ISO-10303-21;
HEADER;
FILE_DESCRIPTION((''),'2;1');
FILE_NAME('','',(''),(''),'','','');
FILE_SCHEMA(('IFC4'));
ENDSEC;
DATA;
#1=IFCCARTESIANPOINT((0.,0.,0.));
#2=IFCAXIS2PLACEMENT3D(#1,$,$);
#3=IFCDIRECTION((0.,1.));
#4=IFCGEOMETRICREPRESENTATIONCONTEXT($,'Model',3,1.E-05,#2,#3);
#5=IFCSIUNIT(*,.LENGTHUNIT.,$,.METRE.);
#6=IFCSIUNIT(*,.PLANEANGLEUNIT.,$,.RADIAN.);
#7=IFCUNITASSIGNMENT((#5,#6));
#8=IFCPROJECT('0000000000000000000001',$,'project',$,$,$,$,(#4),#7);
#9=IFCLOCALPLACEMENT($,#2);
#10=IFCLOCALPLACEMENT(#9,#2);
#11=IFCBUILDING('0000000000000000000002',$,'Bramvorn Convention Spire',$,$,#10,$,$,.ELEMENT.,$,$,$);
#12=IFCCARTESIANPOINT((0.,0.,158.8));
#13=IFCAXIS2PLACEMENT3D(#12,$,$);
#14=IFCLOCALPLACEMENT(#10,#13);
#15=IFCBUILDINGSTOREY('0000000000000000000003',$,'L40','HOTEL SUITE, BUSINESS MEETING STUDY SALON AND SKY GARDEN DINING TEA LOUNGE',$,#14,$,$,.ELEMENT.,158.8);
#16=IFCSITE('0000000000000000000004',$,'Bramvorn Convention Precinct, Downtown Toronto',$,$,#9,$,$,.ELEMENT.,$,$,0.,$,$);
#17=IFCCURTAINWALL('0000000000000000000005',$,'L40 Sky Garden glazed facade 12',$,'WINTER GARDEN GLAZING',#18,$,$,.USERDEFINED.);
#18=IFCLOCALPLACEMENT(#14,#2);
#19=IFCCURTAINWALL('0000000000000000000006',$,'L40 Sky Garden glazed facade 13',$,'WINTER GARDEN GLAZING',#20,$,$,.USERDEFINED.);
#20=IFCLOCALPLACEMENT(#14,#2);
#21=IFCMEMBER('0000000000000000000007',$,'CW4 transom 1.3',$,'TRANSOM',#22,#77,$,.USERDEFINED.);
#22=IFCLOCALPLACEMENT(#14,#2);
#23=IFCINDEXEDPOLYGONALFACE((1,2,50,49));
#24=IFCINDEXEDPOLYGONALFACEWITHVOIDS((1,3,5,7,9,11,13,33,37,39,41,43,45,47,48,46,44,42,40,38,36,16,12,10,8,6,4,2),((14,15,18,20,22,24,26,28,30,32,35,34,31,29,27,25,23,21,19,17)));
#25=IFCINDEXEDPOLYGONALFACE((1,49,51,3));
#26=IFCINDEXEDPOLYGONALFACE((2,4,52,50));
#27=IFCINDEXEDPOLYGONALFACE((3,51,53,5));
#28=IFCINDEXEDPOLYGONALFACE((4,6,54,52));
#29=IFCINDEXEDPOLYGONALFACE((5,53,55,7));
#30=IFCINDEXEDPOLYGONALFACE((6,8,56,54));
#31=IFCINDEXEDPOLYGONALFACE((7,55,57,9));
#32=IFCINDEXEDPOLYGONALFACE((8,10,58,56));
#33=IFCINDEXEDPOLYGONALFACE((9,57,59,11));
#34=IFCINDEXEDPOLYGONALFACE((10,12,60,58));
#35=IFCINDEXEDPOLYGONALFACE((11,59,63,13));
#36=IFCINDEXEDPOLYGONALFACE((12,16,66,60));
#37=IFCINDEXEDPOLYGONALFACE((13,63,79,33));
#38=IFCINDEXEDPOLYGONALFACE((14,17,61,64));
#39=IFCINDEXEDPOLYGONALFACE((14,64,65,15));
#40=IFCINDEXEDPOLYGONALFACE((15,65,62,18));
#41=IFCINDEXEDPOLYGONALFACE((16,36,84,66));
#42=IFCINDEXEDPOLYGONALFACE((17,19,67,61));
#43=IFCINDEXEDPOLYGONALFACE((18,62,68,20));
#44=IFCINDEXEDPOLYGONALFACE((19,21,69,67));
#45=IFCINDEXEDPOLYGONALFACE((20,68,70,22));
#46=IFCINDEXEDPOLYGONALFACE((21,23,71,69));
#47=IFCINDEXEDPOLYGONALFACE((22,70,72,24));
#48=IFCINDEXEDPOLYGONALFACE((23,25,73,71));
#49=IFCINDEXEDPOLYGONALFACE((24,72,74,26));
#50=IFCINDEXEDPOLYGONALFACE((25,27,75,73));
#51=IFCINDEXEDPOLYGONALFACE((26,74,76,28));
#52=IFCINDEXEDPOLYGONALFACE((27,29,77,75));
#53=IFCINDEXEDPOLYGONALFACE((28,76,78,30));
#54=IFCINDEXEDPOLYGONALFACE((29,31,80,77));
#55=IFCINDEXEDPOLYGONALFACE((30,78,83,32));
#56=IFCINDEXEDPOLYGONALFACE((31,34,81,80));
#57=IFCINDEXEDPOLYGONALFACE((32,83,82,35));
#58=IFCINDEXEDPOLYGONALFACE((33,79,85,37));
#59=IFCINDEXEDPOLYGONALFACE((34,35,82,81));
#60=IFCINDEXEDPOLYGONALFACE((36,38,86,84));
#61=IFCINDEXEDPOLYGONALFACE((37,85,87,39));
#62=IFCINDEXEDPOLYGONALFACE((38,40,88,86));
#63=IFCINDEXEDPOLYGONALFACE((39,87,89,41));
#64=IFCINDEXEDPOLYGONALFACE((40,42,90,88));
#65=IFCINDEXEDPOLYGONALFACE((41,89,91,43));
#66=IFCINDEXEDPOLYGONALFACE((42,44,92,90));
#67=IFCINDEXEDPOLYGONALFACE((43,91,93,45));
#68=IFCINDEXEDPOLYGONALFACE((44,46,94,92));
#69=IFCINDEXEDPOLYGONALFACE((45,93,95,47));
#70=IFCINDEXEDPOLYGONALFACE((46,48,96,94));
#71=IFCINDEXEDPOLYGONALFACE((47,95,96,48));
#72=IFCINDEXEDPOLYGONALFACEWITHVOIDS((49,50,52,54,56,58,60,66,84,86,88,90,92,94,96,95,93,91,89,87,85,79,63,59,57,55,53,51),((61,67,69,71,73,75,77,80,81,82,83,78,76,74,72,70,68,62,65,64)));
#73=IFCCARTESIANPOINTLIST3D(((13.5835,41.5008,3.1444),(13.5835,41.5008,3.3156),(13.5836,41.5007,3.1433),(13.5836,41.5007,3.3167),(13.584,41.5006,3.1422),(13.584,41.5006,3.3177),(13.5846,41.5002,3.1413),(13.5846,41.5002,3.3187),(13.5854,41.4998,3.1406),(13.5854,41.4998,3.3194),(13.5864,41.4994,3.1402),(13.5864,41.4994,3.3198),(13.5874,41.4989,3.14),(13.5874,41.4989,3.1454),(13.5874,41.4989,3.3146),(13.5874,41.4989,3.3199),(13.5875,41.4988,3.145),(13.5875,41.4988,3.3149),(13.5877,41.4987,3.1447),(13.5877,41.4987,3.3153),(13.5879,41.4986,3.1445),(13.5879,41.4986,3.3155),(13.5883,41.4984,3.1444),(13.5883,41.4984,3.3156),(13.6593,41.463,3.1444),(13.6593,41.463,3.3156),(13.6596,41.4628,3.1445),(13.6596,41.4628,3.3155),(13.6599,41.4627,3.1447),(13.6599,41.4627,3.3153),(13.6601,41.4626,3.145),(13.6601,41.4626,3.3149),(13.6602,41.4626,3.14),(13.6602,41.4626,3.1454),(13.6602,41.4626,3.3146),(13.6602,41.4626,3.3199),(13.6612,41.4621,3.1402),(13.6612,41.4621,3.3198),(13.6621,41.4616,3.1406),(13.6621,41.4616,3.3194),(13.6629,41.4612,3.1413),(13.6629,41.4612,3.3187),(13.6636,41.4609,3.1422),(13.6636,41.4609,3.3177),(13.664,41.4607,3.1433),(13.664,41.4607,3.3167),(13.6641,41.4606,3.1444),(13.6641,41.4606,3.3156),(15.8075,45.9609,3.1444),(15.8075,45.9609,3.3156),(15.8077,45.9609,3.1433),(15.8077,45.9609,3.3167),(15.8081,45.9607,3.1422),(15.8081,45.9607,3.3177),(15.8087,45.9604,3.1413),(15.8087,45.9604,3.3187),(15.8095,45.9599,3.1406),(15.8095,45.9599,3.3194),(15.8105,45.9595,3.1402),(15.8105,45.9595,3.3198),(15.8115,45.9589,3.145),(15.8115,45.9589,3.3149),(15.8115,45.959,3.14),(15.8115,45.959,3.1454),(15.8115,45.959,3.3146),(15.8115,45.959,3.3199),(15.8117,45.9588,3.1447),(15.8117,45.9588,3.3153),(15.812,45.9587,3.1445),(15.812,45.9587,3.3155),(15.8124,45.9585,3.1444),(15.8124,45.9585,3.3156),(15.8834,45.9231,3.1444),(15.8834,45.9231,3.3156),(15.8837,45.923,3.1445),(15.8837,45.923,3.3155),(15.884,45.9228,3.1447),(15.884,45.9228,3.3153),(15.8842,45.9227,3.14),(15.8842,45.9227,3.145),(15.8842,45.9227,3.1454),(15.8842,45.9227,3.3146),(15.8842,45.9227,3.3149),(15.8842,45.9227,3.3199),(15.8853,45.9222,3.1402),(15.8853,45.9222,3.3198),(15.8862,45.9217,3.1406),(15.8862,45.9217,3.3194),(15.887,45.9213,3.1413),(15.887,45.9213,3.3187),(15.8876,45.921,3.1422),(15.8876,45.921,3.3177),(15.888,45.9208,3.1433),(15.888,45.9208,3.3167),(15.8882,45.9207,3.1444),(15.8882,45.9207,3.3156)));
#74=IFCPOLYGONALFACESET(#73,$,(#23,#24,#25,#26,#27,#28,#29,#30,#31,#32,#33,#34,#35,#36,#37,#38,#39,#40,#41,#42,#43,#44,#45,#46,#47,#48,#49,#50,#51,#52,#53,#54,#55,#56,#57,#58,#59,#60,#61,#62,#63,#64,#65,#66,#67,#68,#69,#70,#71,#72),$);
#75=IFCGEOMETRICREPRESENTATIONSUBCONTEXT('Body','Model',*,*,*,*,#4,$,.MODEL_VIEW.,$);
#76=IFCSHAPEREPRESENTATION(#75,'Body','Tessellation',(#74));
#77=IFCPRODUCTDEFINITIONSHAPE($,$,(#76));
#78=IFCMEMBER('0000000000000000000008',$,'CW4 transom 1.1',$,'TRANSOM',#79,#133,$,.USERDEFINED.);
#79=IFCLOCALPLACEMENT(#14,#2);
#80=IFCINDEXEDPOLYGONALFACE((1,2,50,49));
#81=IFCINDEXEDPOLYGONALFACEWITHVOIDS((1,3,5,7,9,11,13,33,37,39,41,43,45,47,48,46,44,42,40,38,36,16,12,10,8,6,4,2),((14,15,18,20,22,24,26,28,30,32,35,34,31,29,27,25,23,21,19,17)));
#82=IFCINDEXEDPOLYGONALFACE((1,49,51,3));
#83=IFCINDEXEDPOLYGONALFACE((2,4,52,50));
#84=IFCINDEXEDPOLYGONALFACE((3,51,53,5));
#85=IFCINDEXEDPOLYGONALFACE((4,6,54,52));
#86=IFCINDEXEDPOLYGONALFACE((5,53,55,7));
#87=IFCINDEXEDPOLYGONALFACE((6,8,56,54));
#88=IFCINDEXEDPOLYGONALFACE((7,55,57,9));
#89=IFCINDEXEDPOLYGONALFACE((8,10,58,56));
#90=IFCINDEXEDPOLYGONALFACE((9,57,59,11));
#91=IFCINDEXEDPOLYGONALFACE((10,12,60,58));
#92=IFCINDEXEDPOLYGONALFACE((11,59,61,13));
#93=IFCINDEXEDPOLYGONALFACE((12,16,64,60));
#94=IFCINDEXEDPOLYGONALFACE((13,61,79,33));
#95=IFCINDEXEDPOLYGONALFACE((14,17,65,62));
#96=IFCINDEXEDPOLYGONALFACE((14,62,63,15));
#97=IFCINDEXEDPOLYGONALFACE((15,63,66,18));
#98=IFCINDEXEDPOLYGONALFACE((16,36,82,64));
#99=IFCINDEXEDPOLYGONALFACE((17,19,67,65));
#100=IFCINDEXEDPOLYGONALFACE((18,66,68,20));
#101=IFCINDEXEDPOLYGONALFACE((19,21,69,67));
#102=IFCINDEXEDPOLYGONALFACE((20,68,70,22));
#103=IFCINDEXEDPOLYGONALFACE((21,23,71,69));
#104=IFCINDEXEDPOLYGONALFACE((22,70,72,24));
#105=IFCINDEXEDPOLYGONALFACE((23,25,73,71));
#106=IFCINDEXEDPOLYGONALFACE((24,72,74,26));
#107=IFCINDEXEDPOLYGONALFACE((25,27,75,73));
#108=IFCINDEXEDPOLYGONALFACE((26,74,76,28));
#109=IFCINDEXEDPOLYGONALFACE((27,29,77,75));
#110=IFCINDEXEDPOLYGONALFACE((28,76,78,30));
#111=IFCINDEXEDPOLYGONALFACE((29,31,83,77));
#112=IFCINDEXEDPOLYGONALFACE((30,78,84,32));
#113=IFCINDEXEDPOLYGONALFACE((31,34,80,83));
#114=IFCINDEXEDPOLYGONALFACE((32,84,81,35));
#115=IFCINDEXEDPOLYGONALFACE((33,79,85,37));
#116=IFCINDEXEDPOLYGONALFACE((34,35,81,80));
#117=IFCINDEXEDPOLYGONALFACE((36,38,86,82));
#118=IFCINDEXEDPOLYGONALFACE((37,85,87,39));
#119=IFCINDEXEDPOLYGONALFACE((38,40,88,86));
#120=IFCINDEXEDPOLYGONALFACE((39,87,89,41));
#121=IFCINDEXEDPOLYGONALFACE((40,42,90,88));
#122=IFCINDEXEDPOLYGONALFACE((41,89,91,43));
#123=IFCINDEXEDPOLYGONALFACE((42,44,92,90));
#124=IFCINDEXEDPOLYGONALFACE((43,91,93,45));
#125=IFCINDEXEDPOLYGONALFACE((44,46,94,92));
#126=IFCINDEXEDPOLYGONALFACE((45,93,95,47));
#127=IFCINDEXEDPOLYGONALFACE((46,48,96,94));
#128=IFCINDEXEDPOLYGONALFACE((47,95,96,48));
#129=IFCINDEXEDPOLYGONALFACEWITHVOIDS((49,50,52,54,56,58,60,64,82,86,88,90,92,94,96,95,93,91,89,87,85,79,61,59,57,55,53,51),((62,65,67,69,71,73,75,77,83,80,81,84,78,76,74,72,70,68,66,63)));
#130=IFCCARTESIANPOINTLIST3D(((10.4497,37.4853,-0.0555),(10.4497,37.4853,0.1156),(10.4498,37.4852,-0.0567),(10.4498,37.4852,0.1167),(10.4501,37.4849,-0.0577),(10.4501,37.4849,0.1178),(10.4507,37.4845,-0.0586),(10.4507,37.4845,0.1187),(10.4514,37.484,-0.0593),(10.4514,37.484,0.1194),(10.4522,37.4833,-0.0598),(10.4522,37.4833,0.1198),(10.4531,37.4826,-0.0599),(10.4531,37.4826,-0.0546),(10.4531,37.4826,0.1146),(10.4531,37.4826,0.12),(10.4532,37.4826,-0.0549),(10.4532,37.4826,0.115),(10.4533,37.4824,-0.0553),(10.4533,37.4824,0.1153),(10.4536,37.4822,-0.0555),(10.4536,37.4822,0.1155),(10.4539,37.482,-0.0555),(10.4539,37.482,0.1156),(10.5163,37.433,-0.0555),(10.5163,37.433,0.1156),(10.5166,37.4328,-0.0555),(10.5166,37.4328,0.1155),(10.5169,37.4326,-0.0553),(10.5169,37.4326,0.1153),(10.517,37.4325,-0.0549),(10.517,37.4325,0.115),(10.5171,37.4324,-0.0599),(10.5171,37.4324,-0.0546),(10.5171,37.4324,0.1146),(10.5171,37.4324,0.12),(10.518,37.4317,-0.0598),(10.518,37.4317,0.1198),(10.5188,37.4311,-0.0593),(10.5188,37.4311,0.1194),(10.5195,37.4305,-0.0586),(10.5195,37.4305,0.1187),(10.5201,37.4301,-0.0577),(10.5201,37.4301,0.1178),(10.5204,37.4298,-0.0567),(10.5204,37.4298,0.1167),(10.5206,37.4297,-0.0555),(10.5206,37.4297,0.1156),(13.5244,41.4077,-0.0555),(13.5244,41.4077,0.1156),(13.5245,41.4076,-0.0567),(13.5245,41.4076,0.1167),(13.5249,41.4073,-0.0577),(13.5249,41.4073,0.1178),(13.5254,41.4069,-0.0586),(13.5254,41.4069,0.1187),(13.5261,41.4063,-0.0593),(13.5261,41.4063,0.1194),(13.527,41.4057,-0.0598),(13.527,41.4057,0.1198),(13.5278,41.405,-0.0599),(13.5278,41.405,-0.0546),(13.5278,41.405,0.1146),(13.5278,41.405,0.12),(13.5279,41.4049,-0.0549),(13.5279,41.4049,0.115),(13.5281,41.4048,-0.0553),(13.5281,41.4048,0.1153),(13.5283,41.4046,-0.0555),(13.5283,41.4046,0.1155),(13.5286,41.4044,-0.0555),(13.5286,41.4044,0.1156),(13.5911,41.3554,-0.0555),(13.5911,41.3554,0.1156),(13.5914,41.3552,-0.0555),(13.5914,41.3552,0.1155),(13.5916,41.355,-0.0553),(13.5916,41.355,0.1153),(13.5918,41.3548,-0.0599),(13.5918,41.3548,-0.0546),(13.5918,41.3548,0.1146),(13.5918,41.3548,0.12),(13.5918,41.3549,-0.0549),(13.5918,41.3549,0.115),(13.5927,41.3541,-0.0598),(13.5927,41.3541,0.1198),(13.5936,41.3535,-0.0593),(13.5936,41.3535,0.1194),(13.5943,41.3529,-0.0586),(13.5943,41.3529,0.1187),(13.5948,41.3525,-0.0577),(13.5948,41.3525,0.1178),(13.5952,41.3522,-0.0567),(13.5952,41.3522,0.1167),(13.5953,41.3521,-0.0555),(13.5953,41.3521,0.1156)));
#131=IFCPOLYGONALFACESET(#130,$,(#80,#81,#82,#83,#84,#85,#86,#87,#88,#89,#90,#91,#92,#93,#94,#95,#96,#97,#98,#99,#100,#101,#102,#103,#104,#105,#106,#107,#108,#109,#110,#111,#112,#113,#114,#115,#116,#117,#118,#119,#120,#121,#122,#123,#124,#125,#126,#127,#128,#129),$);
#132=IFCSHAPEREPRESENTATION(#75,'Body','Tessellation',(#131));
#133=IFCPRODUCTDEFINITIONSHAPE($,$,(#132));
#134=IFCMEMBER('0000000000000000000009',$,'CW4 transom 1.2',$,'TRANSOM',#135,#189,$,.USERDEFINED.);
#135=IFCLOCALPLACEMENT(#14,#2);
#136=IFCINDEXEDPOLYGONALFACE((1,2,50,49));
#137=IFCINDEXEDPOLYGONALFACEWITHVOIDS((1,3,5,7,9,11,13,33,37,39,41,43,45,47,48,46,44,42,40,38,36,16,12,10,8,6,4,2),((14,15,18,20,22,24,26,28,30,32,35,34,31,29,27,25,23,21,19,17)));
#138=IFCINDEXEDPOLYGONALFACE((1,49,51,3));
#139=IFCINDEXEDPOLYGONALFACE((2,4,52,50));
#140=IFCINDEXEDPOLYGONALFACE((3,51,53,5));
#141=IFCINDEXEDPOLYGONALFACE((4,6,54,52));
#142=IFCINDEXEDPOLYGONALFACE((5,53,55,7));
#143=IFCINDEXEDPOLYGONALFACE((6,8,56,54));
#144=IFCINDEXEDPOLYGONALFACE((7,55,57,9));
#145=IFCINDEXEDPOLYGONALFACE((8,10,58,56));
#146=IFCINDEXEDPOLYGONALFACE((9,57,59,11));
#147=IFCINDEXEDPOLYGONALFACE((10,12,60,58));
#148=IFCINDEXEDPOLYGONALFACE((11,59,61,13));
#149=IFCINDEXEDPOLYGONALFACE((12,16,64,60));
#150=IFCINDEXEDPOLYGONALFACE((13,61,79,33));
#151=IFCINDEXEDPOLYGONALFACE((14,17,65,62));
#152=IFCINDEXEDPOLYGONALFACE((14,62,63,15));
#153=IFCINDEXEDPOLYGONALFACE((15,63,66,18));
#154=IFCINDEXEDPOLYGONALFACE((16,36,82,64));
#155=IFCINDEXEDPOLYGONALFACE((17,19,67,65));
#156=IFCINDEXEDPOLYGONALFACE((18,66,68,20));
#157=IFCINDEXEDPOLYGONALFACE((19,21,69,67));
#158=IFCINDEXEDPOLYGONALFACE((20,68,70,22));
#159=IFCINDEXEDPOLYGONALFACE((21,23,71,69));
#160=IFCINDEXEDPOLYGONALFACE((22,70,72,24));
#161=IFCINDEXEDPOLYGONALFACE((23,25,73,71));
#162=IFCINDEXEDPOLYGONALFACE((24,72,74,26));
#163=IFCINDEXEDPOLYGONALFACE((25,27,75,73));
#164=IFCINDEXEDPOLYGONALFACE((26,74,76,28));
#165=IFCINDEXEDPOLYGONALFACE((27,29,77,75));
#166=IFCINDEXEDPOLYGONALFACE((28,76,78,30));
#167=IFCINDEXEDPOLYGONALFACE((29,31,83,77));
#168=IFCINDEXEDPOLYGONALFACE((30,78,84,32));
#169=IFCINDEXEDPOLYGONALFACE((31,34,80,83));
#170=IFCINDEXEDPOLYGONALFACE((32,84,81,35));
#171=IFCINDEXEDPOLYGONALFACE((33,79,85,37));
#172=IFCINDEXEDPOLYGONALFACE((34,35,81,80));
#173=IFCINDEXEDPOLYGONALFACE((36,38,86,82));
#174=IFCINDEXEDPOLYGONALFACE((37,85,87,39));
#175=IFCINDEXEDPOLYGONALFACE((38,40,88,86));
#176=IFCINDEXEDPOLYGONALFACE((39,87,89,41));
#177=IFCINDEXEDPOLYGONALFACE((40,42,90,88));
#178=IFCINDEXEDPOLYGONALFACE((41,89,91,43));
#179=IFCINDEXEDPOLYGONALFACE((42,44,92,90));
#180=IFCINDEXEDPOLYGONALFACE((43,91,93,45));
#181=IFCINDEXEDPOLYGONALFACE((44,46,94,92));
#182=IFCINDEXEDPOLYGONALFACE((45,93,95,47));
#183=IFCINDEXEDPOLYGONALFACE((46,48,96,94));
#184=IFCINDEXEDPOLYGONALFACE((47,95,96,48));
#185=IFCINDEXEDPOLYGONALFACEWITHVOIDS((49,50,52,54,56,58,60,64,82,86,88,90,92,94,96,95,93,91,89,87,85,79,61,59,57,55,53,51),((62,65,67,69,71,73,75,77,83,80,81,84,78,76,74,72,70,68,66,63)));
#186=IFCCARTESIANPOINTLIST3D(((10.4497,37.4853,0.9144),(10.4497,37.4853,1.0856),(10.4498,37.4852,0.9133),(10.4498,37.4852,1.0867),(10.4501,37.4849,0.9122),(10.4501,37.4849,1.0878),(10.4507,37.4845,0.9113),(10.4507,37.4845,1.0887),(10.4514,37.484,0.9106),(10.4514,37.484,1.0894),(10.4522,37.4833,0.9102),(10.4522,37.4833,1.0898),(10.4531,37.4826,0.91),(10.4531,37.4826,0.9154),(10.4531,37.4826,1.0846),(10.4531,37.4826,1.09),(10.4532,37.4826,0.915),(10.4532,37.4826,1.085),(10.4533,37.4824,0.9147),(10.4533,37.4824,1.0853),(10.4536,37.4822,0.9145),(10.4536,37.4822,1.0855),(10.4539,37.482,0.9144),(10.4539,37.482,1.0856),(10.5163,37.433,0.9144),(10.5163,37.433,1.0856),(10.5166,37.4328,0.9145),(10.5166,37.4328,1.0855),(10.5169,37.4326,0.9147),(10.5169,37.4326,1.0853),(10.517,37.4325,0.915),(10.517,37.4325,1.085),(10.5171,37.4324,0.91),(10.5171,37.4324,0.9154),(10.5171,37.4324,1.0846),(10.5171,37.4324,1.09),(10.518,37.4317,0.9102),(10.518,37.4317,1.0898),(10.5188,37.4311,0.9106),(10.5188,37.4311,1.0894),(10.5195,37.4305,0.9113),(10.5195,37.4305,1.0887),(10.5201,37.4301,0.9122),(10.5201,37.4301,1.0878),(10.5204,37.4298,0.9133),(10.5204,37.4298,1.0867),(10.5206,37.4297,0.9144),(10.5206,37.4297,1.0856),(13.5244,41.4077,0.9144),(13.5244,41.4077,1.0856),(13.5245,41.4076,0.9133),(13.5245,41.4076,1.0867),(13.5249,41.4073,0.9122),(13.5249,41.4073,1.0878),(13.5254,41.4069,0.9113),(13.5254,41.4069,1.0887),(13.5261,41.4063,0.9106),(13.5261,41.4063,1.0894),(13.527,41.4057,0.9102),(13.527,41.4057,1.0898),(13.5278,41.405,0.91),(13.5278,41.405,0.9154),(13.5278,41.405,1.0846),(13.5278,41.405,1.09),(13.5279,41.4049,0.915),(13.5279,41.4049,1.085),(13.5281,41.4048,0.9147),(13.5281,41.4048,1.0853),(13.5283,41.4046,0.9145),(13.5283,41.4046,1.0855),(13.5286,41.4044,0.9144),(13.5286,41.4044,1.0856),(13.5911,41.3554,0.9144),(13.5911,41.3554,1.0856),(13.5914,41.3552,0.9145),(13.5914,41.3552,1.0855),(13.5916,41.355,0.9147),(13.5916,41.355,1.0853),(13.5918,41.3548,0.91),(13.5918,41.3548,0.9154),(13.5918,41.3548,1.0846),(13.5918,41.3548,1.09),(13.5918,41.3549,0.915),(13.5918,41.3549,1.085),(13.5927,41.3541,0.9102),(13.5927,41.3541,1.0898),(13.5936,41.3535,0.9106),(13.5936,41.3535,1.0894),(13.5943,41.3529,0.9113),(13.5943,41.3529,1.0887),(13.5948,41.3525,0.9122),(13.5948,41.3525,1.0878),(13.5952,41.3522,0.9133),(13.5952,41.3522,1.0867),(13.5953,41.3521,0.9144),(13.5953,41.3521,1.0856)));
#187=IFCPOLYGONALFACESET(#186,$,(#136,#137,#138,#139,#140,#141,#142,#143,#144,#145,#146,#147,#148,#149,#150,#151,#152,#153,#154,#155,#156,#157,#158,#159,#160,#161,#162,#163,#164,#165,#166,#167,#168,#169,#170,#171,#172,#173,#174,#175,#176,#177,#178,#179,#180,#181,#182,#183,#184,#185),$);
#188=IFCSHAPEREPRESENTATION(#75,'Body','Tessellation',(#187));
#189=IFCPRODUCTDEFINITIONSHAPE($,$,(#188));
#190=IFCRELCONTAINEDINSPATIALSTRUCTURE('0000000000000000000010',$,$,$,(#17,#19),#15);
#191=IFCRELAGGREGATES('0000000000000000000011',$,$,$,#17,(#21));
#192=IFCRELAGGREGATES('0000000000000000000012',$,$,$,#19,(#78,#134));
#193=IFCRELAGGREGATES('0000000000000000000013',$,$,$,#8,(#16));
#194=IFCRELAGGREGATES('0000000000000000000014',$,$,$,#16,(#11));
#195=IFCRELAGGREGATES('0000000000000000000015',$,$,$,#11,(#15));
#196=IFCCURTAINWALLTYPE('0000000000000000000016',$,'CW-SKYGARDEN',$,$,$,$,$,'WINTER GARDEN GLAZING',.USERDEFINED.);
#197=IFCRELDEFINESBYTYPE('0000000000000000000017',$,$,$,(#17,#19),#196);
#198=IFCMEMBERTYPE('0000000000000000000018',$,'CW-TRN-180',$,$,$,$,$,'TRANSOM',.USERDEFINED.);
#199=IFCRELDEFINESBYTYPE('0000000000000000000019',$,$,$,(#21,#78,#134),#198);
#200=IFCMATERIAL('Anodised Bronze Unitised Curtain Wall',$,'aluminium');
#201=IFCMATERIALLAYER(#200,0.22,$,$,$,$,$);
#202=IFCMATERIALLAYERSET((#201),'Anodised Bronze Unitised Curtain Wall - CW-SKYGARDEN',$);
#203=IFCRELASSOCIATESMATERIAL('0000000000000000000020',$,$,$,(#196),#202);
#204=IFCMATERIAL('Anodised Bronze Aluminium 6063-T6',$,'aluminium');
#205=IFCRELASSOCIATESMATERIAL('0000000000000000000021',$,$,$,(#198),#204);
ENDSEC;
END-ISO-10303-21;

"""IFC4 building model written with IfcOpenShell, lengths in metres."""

from ifc_helpers import new_model, si_unit, direction, frame, origin, origin_2d, place, context, subcontext, project, spatial, hollow_rectangle, extrude, material, layer, layer_set, material_profile, profile_set, type_object, element, aggregate, save


model = new_model("IFC4")

# Units and contexts
model_context = context("Model", 3, precision=1e-05, world=origin(), true_north=direction((0.0, 1.0)))
body_context = subcontext(model_context, "Body", "Model", "MODEL_VIEW")
ifc_project = project(units=[si_unit("LENGTHUNIT", "METRE"), si_unit("PLANEANGLEUNIT", "RADIAN")], contexts=[model_context])

# Site, building, storey
site_placement = place(None, origin())
site = spatial("IfcSite", under=ifc_project, at=site_placement, Name="Bramvorn Convention Precinct, Downtown Toronto", CompositionType="ELEMENT", RefElevation=0.0)
building_placement = place(site_placement, origin())
building = spatial("IfcBuilding", under=site, at=building_placement, Name="Bramvorn Convention Spire", CompositionType="ELEMENT")
storey_placement = place(building_placement, frame((0.0, 0.0, 158.8)))
storey = spatial("IfcBuildingStorey", under=building, at=storey_placement, Name="L40", Description="HOTEL SUITE, BUSINESS MEETING STUDY SALON AND SKY GARDEN DINING TEA LOUNGE", CompositionType="ELEMENT", Elevation=158.8)

# Curtain wall
ifc_material_1 = material(Name="Anodised Bronze Unitised Curtain Wall", Category="aluminium")
ifc_layer_1 = layer(ifc_material_1, 0.22)
ifc_layer_set_1 = layer_set([ifc_layer_1], Name="Anodised Bronze Unitised Curtain Wall - CW-SKYGARDEN")
curtain_wall_type = type_object("IfcCurtainWallType", Name="CW-SKYGARDEN", ElementType="WINTER GARDEN GLAZING", PredefinedType="USERDEFINED", material=ifc_layer_set_1)
curtain_wall_1_placement = place(storey_placement, origin())
curtain_wall_1 = element("IfcCurtainWall", 1, at=curtain_wall_1_placement, inside=storey, type_object=curtain_wall_type, Name="L40 Sky Garden glazed facade 12", ObjectType="WINTER GARDEN GLAZING", PredefinedType="USERDEFINED")
ifc_material_2 = material(Name="Anodised Bronze Aluminium 6063-T6", Category="aluminium")

# Curtain wall
curtain_wall_2_placement = place(storey_placement, origin())
curtain_wall_2 = element("IfcCurtainWall", 2, at=curtain_wall_2_placement, inside=storey, type_object=curtain_wall_type, Name="L40 Sky Garden glazed facade 13", ObjectType="WINTER GARDEN GLAZING", PredefinedType="USERDEFINED")

# Members
ifc_material_profile_1 = material_profile(ifc_material_2, hollow_rectangle(XDim=0.0901, YDim=0.1799, WallThickness=0.0044, InnerFilletRadius=0.001, OuterFilletRadius=0.0044, at=origin_2d()))
ifc_profile_set_1 = profile_set([ifc_material_profile_1], Name="Anodised Bronze Aluminium 6063-T6 - CWT90X180")
member_type_1 = type_object("IfcMemberType", Name="CW-TRN-180", ElementType="TRANSOM", PredefinedType="USERDEFINED", material=ifc_profile_set_1)
member_1_placement = place(storey_placement, frame((13.6238, 41.4807, 3.23), z_axis=(0.446253, 0.894907, 0.0), x_axis=(-0.894907, 0.446253, 0.0)))
member_1 = element("IfcMember", 3, at=member_1_placement, type_object=member_type_1, Name="CW4 transom 1.3", ObjectType="TRANSOM", PredefinedType="USERDEFINED", context=body_context, shape_type="SweptSolid", body=[
    extrude(hollow_rectangle(XDim=0.0901, YDim=0.1799, WallThickness=0.0044, InnerFilletRadius=0.001, OuterFilletRadius=0.0044, at=origin_2d()), origin(), (0.0, 0.0, 1.0), 4.9839),
])
member_2_placement = place(storey_placement, frame((10.4851, 37.4575, 0.03), z_axis=(0.616934, 0.787015, 0.0), x_axis=(-0.787015, 0.616934, 0.0)))
member_2 = element("IfcMember", 4, at=member_2_placement, type_object=member_type_1, Name="CW4 transom 1.1", ObjectType="TRANSOM", PredefinedType="USERDEFINED", context=body_context, shape_type="SweptSolid", body=[
    extrude(hollow_rectangle(XDim=0.0901, YDim=0.1799, WallThickness=0.0044, InnerFilletRadius=0.001, OuterFilletRadius=0.0044, at=origin_2d()), origin(), (0.0, 0.0, 1.0), 4.9839),
])
member_3_placement = place(storey_placement, frame((10.4851, 37.4575, 1.0), z_axis=(0.616934, 0.787015, 0.0), x_axis=(-0.787015, 0.616934, 0.0)))
member_3 = element("IfcMember", 5, at=member_3_placement, type_object=member_type_1, Name="CW4 transom 1.2", ObjectType="TRANSOM", PredefinedType="USERDEFINED", context=body_context, shape_type="SweptSolid", body=[
    extrude(hollow_rectangle(XDim=0.0901, YDim=0.1799, WallThickness=0.0044, InnerFilletRadius=0.001, OuterFilletRadius=0.0044, at=origin_2d()), origin(), (0.0, 0.0, 1.0), 4.9839),
])

aggregate(curtain_wall_1, [member_1])
aggregate(curtain_wall_2, [member_2, member_3])

save(model, "model.ifc")
